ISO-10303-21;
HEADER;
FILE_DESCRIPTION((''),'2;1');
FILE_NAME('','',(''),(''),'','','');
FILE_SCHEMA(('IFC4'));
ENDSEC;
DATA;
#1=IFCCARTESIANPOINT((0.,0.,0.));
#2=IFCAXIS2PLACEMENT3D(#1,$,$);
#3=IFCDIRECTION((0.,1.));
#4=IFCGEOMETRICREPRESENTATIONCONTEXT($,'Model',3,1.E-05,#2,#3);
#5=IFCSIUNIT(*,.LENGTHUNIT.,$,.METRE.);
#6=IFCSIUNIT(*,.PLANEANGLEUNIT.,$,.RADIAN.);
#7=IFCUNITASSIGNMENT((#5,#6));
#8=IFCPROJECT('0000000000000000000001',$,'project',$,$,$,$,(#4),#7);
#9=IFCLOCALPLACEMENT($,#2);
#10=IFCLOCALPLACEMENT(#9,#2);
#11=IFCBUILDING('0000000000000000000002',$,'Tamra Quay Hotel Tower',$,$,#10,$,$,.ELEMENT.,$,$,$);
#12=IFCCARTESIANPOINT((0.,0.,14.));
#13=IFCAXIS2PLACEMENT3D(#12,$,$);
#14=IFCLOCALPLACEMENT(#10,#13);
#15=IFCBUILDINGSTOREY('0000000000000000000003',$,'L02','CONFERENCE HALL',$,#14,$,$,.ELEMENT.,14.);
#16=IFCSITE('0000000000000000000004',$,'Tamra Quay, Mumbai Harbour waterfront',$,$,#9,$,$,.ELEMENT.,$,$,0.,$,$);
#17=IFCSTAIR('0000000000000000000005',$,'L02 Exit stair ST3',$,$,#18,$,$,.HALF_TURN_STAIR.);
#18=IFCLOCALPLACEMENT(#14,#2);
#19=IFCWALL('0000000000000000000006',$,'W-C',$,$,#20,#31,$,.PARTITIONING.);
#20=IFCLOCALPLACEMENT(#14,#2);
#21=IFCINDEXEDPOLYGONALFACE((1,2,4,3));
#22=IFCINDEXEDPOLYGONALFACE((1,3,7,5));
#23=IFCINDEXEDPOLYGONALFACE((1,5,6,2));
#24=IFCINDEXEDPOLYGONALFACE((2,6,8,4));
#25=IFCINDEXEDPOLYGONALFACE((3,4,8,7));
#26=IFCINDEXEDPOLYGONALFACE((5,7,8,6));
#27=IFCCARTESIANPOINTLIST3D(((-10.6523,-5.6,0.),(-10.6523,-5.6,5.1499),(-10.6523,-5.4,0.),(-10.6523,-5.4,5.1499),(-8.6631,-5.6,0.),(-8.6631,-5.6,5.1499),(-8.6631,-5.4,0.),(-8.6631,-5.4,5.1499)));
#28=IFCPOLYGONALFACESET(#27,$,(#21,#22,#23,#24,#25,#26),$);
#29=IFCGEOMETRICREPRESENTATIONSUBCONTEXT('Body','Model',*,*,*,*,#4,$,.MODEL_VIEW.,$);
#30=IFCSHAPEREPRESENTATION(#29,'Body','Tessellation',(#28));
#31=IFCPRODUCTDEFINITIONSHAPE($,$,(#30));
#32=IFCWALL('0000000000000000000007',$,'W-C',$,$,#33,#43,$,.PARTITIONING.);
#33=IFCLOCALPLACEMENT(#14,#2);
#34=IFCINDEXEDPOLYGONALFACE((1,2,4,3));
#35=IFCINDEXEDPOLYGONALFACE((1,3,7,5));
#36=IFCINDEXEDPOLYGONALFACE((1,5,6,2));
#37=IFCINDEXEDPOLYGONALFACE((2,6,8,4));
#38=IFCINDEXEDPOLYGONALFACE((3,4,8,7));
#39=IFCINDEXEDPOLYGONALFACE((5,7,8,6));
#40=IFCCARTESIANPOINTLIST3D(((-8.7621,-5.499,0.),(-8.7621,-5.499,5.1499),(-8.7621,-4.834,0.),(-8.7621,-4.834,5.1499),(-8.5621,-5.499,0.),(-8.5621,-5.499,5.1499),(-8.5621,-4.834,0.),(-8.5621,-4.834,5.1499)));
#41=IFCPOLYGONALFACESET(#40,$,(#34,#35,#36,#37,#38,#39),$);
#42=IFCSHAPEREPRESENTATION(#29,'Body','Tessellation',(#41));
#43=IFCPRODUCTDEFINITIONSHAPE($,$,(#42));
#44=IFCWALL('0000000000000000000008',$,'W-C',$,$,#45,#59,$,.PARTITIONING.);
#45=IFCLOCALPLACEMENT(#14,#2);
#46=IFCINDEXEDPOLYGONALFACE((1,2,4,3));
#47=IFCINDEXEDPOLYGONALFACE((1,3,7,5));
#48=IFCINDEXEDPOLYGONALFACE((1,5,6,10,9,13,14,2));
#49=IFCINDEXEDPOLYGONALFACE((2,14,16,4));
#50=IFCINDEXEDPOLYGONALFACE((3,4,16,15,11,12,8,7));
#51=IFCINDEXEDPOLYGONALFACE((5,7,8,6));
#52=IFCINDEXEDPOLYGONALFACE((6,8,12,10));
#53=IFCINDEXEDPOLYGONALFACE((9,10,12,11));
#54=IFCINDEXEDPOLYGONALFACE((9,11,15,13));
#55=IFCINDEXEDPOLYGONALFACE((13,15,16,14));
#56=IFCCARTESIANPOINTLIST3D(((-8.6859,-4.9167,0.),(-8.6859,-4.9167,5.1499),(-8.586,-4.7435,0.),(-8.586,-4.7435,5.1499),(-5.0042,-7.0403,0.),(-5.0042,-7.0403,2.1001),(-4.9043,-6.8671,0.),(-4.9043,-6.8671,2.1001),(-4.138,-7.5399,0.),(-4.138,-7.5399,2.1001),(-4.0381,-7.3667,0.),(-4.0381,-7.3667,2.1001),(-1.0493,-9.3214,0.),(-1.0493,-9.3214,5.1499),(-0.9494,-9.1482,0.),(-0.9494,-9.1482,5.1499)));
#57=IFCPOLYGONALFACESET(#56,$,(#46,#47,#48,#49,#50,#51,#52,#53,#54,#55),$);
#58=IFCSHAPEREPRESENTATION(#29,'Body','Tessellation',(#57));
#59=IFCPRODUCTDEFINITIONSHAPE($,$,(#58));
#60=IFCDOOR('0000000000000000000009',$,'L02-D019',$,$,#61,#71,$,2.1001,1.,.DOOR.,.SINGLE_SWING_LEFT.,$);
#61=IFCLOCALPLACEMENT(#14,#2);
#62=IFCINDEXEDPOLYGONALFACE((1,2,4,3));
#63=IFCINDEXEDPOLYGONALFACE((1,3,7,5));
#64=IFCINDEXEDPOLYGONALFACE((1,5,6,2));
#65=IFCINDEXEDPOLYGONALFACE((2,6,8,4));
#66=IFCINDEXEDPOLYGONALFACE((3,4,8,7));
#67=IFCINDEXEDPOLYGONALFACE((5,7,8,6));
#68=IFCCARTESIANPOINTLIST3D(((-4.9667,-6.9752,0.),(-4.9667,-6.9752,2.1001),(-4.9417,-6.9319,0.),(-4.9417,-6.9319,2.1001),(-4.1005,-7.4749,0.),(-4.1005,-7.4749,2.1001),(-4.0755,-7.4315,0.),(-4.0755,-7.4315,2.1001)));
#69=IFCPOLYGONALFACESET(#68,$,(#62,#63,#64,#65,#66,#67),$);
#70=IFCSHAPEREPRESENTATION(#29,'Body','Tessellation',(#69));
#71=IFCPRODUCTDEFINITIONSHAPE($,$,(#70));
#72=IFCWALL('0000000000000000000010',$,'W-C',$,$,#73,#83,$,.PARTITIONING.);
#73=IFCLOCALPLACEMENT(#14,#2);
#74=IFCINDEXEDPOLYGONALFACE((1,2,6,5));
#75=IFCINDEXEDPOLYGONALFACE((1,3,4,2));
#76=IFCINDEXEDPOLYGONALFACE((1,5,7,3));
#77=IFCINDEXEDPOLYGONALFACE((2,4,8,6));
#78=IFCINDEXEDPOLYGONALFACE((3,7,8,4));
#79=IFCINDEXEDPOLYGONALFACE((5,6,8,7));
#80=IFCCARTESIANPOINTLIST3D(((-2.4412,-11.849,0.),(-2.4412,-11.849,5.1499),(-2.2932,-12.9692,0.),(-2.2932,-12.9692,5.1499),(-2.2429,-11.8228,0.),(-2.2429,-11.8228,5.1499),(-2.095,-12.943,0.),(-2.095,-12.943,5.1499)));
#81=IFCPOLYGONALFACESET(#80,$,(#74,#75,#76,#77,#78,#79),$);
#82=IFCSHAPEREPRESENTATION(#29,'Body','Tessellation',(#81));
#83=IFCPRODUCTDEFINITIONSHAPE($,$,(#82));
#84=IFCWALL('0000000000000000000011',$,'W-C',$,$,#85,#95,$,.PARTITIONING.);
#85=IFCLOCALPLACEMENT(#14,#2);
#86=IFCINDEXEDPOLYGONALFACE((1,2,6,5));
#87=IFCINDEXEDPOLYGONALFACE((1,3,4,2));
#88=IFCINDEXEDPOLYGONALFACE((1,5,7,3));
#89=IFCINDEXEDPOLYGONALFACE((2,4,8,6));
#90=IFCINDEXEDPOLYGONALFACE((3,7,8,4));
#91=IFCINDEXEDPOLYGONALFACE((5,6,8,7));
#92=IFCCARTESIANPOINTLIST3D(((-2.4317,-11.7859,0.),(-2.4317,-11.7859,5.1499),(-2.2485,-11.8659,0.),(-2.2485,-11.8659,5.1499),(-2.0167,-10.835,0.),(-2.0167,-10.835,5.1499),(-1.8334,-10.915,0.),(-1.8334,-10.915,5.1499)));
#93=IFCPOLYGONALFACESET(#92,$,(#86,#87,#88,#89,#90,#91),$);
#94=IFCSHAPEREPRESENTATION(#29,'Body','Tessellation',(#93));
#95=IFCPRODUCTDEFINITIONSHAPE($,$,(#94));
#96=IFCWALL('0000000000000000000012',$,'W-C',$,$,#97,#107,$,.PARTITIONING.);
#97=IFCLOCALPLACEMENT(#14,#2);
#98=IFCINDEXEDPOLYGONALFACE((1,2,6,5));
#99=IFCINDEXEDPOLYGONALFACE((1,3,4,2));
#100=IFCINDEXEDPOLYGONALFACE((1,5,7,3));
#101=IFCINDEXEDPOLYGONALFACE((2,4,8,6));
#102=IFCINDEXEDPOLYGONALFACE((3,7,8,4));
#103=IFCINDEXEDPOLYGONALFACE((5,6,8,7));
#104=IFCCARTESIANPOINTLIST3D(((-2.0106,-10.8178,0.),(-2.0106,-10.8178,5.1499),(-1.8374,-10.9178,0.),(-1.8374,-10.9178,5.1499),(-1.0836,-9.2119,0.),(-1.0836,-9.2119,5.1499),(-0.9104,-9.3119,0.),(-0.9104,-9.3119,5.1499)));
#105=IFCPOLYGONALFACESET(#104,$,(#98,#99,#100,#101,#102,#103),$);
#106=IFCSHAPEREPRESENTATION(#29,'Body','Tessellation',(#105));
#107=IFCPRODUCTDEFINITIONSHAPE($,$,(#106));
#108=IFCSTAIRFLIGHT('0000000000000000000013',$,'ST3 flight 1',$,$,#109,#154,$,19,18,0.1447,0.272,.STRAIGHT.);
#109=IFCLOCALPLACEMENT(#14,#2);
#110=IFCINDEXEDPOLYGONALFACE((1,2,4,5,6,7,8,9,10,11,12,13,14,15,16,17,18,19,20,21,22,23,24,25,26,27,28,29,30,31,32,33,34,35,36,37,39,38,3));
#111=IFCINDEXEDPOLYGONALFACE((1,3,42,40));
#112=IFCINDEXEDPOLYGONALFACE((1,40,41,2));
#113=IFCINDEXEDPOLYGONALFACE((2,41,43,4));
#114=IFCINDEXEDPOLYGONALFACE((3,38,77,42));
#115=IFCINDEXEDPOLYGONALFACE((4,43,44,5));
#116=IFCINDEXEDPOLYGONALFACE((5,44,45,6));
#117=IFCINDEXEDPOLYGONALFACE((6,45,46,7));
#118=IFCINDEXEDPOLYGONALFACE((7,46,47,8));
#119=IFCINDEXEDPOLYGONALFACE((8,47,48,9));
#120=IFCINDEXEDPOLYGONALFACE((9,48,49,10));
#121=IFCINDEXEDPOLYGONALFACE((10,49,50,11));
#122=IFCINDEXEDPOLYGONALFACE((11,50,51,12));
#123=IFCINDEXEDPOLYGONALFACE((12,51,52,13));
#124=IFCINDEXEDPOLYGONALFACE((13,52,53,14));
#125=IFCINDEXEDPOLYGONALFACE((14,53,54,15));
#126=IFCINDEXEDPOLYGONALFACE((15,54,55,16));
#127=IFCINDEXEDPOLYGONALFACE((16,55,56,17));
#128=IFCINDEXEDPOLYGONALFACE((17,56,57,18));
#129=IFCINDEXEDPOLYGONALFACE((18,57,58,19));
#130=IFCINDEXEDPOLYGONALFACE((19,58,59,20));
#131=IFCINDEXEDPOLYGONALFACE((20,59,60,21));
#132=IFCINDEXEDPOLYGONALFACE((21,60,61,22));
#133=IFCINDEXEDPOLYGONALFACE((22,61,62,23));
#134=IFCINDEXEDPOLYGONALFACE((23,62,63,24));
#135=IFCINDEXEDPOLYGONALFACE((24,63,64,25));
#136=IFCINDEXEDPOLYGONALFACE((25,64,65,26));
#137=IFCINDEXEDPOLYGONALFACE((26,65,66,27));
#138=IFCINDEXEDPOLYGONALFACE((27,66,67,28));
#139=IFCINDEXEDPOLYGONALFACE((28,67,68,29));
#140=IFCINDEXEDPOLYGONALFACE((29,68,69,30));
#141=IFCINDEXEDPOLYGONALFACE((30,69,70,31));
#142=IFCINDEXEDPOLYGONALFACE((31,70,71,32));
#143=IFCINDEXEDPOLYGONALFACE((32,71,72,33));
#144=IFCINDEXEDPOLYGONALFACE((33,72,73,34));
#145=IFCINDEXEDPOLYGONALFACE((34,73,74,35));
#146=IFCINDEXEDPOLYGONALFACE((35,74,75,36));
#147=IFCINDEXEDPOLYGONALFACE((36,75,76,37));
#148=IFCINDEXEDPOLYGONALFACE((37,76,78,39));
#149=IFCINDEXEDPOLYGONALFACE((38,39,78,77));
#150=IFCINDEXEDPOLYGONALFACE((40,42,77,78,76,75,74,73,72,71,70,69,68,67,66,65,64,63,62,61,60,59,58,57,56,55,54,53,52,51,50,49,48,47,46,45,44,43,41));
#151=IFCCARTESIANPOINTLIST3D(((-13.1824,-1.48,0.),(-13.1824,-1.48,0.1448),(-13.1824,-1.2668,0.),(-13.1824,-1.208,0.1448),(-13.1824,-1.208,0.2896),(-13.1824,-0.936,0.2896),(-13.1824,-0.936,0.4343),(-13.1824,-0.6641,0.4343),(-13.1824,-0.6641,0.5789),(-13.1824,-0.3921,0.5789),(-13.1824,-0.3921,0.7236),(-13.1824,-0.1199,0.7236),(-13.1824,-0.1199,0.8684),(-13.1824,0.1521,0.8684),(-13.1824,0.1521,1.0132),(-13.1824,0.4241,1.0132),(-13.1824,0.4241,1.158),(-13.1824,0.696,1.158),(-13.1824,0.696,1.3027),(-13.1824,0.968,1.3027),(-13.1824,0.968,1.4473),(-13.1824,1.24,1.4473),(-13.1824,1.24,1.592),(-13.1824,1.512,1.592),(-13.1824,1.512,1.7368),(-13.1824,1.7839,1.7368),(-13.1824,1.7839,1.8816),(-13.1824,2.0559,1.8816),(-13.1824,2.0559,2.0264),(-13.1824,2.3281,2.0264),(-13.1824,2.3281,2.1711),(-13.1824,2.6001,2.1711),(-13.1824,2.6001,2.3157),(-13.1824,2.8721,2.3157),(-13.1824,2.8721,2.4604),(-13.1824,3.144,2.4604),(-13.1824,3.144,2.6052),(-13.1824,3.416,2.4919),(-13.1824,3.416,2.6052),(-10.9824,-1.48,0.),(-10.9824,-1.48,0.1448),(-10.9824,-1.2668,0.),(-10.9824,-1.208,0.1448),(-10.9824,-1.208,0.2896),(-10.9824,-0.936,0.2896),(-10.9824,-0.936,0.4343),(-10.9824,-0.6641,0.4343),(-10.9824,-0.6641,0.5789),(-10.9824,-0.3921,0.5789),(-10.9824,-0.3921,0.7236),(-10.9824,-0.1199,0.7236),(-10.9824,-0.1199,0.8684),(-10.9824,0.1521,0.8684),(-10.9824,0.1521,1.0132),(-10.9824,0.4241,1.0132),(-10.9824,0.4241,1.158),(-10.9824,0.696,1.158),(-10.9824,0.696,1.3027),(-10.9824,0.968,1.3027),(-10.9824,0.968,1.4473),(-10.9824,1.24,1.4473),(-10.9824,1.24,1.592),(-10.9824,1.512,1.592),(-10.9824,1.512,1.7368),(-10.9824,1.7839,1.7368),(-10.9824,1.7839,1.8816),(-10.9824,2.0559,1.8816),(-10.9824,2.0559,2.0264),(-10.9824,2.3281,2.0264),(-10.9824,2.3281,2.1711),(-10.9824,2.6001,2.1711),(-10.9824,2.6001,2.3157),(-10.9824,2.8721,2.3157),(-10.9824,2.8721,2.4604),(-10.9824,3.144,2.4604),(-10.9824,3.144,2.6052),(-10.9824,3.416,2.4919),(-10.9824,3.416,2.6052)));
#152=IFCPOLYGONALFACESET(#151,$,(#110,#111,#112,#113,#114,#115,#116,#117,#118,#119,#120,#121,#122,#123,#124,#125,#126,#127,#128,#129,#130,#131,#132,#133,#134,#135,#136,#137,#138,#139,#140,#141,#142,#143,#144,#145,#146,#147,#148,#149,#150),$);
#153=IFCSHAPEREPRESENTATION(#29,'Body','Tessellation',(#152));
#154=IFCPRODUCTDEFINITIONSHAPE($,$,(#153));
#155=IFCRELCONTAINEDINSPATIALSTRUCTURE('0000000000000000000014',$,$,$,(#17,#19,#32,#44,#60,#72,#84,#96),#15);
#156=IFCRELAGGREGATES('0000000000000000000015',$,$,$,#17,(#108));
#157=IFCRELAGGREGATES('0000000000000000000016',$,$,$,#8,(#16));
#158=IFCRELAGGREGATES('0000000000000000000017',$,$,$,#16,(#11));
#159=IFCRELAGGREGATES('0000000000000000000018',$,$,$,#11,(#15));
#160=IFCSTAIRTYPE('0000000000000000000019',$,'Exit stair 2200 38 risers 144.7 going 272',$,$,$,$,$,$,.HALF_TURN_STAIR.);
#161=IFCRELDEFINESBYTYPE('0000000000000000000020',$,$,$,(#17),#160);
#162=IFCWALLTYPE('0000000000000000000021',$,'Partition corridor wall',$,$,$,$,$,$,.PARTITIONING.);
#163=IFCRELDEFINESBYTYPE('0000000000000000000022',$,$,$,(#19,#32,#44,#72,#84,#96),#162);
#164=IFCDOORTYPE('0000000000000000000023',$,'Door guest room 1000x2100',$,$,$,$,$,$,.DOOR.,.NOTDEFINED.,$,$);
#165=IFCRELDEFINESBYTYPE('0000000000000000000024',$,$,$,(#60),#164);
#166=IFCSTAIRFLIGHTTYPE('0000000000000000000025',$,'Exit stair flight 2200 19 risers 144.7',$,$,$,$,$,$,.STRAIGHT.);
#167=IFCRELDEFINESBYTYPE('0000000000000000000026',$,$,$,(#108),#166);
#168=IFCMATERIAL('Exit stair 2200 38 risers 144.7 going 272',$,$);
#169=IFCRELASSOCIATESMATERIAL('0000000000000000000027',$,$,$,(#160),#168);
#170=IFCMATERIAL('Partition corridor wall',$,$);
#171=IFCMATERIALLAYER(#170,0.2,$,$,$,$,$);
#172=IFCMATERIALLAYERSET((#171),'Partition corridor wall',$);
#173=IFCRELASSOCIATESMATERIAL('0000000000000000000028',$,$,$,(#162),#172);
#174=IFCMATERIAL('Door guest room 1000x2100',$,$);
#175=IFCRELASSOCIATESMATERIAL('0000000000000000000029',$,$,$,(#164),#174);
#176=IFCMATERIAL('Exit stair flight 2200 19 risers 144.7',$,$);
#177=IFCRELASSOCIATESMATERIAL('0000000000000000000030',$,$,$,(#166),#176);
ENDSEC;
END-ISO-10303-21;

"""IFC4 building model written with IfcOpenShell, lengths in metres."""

from ifc_helpers import new_model, si_unit, direction, frame, frame_2d, origin, place, context, subcontext, project, spatial, polyline, rectangle, outline, extrude, material, layer, layer_set, type_object, element, fill, aggregate, save


model = new_model("IFC4")

# Units and contexts
model_context = context("Model", 3, precision=1e-05, world=origin(), true_north=direction((0.0, 1.0)))
body_context = subcontext(model_context, "Body", "Model", "MODEL_VIEW")
ifc_project = project(units=[si_unit("LENGTHUNIT", "METRE"), si_unit("PLANEANGLEUNIT", "RADIAN")], contexts=[model_context])

# Site, building, storey
site_placement = place(None, origin())
site = spatial("IfcSite", under=ifc_project, at=site_placement, Name="Tamra Quay, Mumbai Harbour waterfront", CompositionType="ELEMENT", RefElevation=0.0)
building_placement = place(site_placement, origin())
building = spatial("IfcBuilding", under=site, at=building_placement, Name="Tamra Quay Hotel Tower", CompositionType="ELEMENT")
storey_placement = place(building_placement, frame((0.0, 0.0, 14.0)))
storey = spatial("IfcBuildingStorey", under=building, at=storey_placement, Name="L02", Description="CONFERENCE HALL", CompositionType="ELEMENT", Elevation=14.0)

# Stair
ifc_material_1 = material(Name="Exit stair 2200 38 risers 144.7 going 272")
stair_type = type_object("IfcStairType", Name="Exit stair 2200 38 risers 144.7 going 272", PredefinedType="HALF_TURN_STAIR", material=ifc_material_1)
stair_1_placement = place(storey_placement, origin())
stair_1 = element("IfcStair", 1, at=stair_1_placement, inside=storey, type_object=stair_type, Name="L02 Exit stair ST3", PredefinedType="HALF_TURN_STAIR")

# Walls
ifc_material_2 = material(Name="Partition corridor wall")
ifc_layer_1 = layer(ifc_material_2, 0.2)
ifc_layer_set_1 = layer_set([ifc_layer_1], Name="Partition corridor wall")
wall_type_1 = type_object("IfcWallType", Name="Partition corridor wall", PredefinedType="PARTITIONING", material=ifc_layer_set_1)
wall_1_placement = place(storey_placement, frame((-10.6523, -5.5, 0.0), z_axis=(0.0, 0.0, 1.0), x_axis=(1.0, 0.0, 0.0)))
element("IfcWall", 2, at=wall_1_placement, inside=storey, type_object=wall_type_1, Name="W-C", PredefinedType="PARTITIONING", context=body_context, shape_type="SweptSolid", body=[
    extrude(rectangle(XDim=1.9893, YDim=0.2, at=frame_2d((0.9946, 0.0))), origin(), (0.0, 0.0, 1.0), 5.1499),
])
wall_2_placement = place(storey_placement, frame((-8.6621, -5.499, 0.0), z_axis=(0.0, 0.0, 1.0), x_axis=(0.0, 1.0, 0.0)))
element("IfcWall", 3, at=wall_2_placement, inside=storey, type_object=wall_type_1, Name="W-C", PredefinedType="PARTITIONING", context=body_context, shape_type="SweptSolid", body=[
    extrude(rectangle(XDim=0.665, YDim=0.2, at=frame_2d((0.3325, 0.0))), origin(), (0.0, 0.0, 1.0), 5.1499),
])

# Wall, opening, door
wall_3_placement = place(storey_placement, frame((-8.636, -4.8301, 0.0), z_axis=(0.0, 0.0, 1.0), x_axis=(0.866235, -0.499636, 0.0)))
wall_3 = element("IfcWall", 4, at=wall_3_placement, inside=storey, type_object=wall_type_1, Name="W-C", PredefinedType="PARTITIONING", context=body_context, shape_type="SweptSolid", body=[
    extrude(rectangle(XDim=8.8159, YDim=0.2, at=frame_2d((4.408, 0.0))), origin(), (0.0, 0.0, 1.0), 5.1499),
])
opening_1_placement = place(wall_3_placement, frame((4.2502, 0.0, 0.0)))
opening_1 = element("IfcOpeningElement", 5, at=opening_1_placement, cuts=wall_3, PredefinedType="OPENING", context=body_context, shape_type="SweptSolid", body=[
    extrude(rectangle(XDim=1.0, YDim=2.1001, at=frame_2d((0.5, 1.05))), frame((0.0, 0.1099, 0.0), z_axis=(0.0, -1.0, 0.0), x_axis=(1.0, 0.0, 0.0)), (0.0, 0.0, 1.0), 0.22),
])
ifc_material_3 = material(Name="Door guest room 1000x2100")
door_type_1 = type_object("IfcDoorType", Name="Door guest room 1000x2100", OperationType="NOTDEFINED", PredefinedType="DOOR", material=ifc_material_3)
door_1_placement = place(opening_1_placement, frame((1.0, 0.0, 0.0), z_axis=(0.0, 0.0, 1.0), x_axis=(-1.0, 0.0, 0.0)))
door_1 = element("IfcDoor", 6, at=door_1_placement, inside=storey, type_object=door_type_1, Name="L02-D019", OperationType="SINGLE_SWING_LEFT", OverallHeight=2.1001, OverallWidth=1.0, PredefinedType="DOOR", context=body_context, shape_type="SweptSolid", body=[
    extrude(rectangle(XDim=1.0, YDim=2.1001, at=frame_2d((0.5, 1.05))), frame((0.0, 0.0249, 0.0), z_axis=(0.0, -1.0, 0.0), x_axis=(1.0, 0.0, 0.0)), (0.0, 0.0, 1.0), 0.05),
])
fill(opening_1, door_1)

# Walls
wall_4_placement = place(storey_placement, frame((-2.342, -11.8359, 0.0), z_axis=(0.0, 0.0, 1.0), x_axis=(0.130946, -0.991389, 0.0)))
element("IfcWall", 7, at=wall_4_placement, inside=storey, type_object=wall_type_1, Name="W-C", PredefinedType="PARTITIONING", context=body_context, shape_type="SweptSolid", body=[
    extrude(rectangle(XDim=1.1299, YDim=0.2, at=frame_2d((0.5649, 0.0))), origin(), (0.0, 0.0, 1.0), 5.1499),
])
wall_5_placement = place(storey_placement, frame((-2.3401, -11.8259, 0.0), z_axis=(0.0, 0.0, 1.0), x_axis=(0.400016, 0.916508, 0.0)))
element("IfcWall", 8, at=wall_5_placement, inside=storey, type_object=wall_type_1, Name="W-C", PredefinedType="PARTITIONING", context=body_context, shape_type="SweptSolid", body=[
    extrude(rectangle(XDim=1.0376, YDim=0.2, at=frame_2d((0.5188, 0.0))), origin(), (0.0, 0.0, 1.0), 5.1499),
])
wall_6_placement = place(storey_placement, frame((-1.9241, -10.8679, 0.0), z_axis=(0.0, 0.0, 1.0), x_axis=(0.49992, 0.866072, 0.0)))
element("IfcWall", 9, at=wall_6_placement, inside=storey, type_object=wall_type_1, Name="W-C", PredefinedType="PARTITIONING", context=body_context, shape_type="SweptSolid", body=[
    extrude(rectangle(XDim=1.8542, YDim=0.2, at=frame_2d((0.9272, 0.0))), origin(), (0.0, 0.0, 1.0), 5.1499),
])

# Stair flight
ifc_material_4 = material(Name="Exit stair flight 2200 19 risers 144.7")
stair_flight_type = type_object("IfcStairFlightType", Name="Exit stair flight 2200 19 risers 144.7", PredefinedType="STRAIGHT", material=ifc_material_4)
stair_flight_placement = place(storey_placement, frame((-12.0823, -1.48, 0.0), z_axis=(0.0, 0.0, 1.0), x_axis=(0.0, 1.0, 0.0)))
stair_flight = element("IfcStairFlight", 10, at=stair_flight_placement, type_object=stair_flight_type, Name="ST3 flight 1", NumberOfRisers=19, NumberOfTreads=18, PredefinedType="STRAIGHT", RiserHeight=0.1447, TreadLength=0.272, context=body_context, shape_type="SweptSolid", body=[
    extrude(outline(polyline([(0.0, 0.0), (0.0, 0.1448), (0.272, 0.1448), (0.272, 0.2896), (0.5439, 0.2896), (0.5439, 0.4343), (0.8159, 0.4343), (0.8159, 0.5789), (1.0879, 0.5789), (1.0879, 0.7236), (1.3601, 0.7236), (1.3601, 0.8684), (1.6321, 0.8684), (1.6321, 1.0132), (1.9041, 1.0132), (1.9041, 1.158), (2.176, 1.158), (2.176, 1.3027), (2.448, 1.3027), (2.448, 1.4473), (2.72, 1.4473), (2.72, 1.592), (2.9919, 1.592), (2.9919, 1.7368), (3.2639, 1.7368), (3.2639, 1.8816), (3.5359, 1.8816), (3.5359, 2.0264), (3.8081, 2.0264), (3.8081, 2.1711), (4.0801, 2.1711), (4.0801, 2.3157), (4.3521, 2.3157), (4.3521, 2.4604), (4.624, 2.4604), (4.624, 2.6052), (4.896, 2.6052), (4.896, 2.75), (4.896, 2.4919), (0.2131, 0.0), (0.0, 0.0)])), frame((0.0, 1.1001, 0.0), z_axis=(0.0, -1.0, 0.0), x_axis=(1.0, 0.0, 0.0)), (0.0, 0.0, 1.0), 2.2),
])
aggregate(stair_1, [stair_flight])

save(model, "model.ifc")
